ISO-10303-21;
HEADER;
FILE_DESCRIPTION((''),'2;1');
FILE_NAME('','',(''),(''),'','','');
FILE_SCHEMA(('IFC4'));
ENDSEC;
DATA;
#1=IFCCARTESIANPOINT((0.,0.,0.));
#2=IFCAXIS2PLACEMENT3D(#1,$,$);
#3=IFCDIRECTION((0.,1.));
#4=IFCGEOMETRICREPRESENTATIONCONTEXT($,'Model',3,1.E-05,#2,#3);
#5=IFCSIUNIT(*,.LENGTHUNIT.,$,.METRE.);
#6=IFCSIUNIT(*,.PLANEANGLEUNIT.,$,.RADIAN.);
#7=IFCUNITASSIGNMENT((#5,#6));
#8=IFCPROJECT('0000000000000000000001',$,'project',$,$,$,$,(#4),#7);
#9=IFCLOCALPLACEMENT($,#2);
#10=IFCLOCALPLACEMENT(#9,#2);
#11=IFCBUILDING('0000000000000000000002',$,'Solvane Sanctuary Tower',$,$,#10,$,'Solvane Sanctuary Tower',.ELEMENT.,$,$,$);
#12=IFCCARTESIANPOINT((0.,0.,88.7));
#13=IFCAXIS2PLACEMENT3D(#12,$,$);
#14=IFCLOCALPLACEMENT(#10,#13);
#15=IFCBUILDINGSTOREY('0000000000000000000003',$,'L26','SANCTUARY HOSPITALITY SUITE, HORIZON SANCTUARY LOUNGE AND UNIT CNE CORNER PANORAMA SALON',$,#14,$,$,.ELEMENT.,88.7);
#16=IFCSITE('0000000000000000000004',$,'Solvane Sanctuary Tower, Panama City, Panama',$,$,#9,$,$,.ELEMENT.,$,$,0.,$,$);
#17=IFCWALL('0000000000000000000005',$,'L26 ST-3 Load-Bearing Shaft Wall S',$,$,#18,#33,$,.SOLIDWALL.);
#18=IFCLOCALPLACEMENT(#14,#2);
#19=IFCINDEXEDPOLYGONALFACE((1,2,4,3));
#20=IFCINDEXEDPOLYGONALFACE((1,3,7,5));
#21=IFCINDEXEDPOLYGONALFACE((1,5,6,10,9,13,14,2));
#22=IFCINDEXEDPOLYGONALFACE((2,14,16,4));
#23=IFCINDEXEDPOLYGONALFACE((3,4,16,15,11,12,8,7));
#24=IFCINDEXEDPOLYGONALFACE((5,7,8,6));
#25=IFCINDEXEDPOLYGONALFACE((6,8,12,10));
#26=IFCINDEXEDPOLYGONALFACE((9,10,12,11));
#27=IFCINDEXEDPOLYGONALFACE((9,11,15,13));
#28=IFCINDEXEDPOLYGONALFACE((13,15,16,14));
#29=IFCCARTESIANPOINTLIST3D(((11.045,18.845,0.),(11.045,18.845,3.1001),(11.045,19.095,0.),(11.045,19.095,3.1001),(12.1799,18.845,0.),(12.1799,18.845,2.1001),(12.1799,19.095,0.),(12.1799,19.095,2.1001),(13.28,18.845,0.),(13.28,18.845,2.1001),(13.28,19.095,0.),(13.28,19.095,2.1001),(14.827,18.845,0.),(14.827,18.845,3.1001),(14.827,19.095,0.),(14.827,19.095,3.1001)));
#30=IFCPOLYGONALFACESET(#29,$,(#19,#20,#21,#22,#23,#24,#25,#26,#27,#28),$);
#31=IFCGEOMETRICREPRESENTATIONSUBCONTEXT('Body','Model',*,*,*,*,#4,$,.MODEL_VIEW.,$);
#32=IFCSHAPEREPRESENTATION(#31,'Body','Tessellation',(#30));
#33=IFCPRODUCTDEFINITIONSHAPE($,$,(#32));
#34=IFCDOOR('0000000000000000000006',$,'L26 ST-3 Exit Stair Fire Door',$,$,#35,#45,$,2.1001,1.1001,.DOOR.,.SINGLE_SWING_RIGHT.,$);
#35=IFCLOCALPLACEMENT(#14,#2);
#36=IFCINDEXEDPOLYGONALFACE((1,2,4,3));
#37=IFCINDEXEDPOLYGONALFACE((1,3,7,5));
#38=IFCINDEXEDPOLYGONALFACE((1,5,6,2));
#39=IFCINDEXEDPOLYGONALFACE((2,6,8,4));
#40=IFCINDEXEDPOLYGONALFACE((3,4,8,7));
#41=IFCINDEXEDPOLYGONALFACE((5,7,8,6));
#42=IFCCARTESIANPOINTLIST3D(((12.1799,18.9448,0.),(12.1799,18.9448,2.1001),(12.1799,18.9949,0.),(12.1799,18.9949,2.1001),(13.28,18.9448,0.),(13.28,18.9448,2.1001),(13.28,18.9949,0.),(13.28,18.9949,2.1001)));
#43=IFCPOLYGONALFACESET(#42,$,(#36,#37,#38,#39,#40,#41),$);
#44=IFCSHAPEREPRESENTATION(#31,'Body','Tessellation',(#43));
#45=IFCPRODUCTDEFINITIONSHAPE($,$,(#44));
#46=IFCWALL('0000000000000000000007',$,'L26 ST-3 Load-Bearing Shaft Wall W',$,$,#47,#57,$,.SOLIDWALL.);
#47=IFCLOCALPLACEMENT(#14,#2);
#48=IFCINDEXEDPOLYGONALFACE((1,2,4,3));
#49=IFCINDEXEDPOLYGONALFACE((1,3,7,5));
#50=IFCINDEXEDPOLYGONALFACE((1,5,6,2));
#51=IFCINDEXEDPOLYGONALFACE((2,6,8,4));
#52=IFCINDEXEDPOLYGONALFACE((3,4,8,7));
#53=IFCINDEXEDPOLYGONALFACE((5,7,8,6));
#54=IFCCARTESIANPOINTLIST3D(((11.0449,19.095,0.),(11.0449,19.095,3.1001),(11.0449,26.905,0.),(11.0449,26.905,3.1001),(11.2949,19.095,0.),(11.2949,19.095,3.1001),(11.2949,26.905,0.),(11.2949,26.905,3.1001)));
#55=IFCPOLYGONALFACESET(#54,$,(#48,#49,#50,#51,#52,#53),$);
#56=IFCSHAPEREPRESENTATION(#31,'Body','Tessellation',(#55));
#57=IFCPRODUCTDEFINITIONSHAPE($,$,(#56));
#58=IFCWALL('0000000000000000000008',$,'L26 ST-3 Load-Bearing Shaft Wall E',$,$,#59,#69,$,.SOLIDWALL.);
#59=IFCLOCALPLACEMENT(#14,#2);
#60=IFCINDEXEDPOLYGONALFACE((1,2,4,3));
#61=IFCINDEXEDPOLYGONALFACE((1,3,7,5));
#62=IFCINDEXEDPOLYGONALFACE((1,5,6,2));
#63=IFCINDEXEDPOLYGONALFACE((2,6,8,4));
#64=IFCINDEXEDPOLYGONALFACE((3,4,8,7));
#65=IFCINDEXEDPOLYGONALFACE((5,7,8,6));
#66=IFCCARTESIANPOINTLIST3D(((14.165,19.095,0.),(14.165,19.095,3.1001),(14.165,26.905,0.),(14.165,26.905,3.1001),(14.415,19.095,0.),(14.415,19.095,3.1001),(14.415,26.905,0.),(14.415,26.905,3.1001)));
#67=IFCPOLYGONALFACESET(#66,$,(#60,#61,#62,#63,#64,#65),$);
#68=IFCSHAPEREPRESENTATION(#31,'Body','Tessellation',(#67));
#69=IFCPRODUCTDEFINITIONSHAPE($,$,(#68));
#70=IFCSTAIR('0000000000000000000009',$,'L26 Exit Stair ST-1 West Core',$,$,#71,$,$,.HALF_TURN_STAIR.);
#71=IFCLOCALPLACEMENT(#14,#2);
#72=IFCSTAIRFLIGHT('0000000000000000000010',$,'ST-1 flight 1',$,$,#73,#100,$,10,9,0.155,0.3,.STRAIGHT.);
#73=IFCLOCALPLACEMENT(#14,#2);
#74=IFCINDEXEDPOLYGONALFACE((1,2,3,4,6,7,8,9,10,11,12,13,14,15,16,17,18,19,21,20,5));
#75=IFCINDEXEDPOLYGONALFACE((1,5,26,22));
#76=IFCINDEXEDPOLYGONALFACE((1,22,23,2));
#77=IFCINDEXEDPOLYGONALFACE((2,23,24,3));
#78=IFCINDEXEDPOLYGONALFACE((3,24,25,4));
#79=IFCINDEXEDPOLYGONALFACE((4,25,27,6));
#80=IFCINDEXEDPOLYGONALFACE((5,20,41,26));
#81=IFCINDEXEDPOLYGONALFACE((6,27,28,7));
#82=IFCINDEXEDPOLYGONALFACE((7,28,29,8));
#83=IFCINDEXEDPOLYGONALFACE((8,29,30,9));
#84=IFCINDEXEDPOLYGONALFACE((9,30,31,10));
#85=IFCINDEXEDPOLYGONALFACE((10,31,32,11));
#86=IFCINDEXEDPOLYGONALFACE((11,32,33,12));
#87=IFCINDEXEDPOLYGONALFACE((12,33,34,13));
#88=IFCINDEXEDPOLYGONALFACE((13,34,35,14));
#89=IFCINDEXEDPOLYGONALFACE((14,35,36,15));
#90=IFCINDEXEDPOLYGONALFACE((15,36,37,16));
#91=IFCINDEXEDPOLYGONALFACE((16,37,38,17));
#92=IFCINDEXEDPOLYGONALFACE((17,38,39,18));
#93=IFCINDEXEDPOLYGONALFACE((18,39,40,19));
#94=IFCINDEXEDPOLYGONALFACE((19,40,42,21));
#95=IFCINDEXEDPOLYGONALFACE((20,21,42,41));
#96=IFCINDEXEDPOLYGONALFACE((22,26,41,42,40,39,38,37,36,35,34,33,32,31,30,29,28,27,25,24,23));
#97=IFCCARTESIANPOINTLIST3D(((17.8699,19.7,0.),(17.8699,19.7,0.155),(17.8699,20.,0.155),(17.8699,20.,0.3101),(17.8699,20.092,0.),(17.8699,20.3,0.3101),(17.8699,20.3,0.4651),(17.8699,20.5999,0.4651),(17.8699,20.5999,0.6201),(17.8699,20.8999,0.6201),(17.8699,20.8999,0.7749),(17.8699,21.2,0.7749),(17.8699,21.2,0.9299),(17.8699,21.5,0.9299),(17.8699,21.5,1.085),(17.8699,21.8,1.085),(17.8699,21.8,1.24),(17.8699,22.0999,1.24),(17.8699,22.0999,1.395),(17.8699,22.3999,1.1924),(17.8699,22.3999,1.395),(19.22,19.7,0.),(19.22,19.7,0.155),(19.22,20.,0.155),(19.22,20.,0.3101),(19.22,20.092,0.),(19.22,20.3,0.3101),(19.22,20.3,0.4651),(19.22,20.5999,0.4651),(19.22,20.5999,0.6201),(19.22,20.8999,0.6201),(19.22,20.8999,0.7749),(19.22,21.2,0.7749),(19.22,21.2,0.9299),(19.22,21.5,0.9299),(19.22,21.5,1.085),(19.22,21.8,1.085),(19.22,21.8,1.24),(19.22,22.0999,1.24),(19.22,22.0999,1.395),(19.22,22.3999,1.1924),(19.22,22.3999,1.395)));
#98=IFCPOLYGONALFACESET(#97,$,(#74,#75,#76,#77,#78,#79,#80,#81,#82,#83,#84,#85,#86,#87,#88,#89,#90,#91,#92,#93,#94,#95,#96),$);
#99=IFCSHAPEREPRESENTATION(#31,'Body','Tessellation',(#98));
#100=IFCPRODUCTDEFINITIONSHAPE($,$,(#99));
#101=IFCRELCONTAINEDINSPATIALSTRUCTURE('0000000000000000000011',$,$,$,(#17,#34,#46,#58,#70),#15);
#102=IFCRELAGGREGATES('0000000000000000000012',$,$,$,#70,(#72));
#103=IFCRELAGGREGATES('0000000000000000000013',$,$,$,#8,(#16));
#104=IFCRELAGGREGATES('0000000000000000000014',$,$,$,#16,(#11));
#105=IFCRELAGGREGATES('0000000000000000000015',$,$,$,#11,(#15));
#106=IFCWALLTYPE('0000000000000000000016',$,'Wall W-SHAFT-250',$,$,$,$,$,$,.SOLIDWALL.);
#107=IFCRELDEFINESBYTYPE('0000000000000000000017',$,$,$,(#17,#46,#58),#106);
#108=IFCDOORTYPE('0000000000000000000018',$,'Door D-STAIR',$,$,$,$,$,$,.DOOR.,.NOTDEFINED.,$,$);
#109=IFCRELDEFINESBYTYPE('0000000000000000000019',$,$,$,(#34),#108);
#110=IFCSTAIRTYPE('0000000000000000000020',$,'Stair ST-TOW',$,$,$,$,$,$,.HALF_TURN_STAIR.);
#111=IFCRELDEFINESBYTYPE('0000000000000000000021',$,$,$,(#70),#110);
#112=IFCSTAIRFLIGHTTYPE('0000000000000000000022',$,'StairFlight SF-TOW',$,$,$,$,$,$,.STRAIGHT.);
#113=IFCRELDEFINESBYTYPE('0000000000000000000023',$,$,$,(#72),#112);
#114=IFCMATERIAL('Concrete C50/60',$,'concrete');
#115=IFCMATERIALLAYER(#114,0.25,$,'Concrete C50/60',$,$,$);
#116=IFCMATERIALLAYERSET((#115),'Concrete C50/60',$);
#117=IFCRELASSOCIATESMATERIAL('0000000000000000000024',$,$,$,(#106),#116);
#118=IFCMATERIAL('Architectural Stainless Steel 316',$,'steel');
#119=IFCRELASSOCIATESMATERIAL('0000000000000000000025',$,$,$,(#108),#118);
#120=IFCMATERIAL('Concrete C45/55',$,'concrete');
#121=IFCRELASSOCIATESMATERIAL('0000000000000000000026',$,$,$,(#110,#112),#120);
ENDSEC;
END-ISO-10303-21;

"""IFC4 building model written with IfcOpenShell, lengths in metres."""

from ifc_helpers import new_model, si_unit, direction, frame, frame_2d, origin, place, context, subcontext, project, spatial, polyline, rectangle, outline, extrude, material, layer, layer_set, type_object, element, fill, aggregate, save


model = new_model("IFC4")

# Units and contexts
model_context = context("Model", 3, precision=1e-05, world=origin(), true_north=direction((0.0, 1.0)))
body_context = subcontext(model_context, "Body", "Model", "MODEL_VIEW")
ifc_project = project(units=[si_unit("LENGTHUNIT", "METRE"), si_unit("PLANEANGLEUNIT", "RADIAN")], contexts=[model_context])

# Site, building, storey
site_placement = place(None, origin())
site = spatial("IfcSite", under=ifc_project, at=site_placement, Name="Solvane Sanctuary Tower, Panama City, Panama", CompositionType="ELEMENT", RefElevation=0.0)
building_placement = place(site_placement, origin())
building = spatial("IfcBuilding", under=site, at=building_placement, Name="Solvane Sanctuary Tower", LongName="Solvane Sanctuary Tower", CompositionType="ELEMENT")
storey_placement = place(building_placement, frame((0.0, 0.0, 88.7)))
storey = spatial("IfcBuildingStorey", under=building, at=storey_placement, Name="L26", Description="SANCTUARY HOSPITALITY SUITE, HORIZON SANCTUARY LOUNGE AND UNIT CNE CORNER PANORAMA SALON", CompositionType="ELEMENT", Elevation=88.7)

# Shared definitions
ifc_material_1 = material(Name="Concrete C50/60", Category="concrete")
ifc_layer_1 = layer(ifc_material_1, 0.25, Name="Concrete C50/60")
ifc_layer_set_1 = layer_set([ifc_layer_1], Name="Concrete C50/60")
wall_type_1 = type_object("IfcWallType", Name="Wall W-SHAFT-250", PredefinedType="SOLIDWALL", material=ifc_layer_set_1)
ifc_material_2 = material(Name="Architectural Stainless Steel 316", Category="steel")
door_type_1 = type_object("IfcDoorType", Name="Door D-STAIR", OperationType="NOTDEFINED", PredefinedType="DOOR", material=ifc_material_2)

# Wall, opening, door
wall_1_placement = place(storey_placement, frame((11.0449, 18.97, 0.0), z_axis=(0.0, 0.0, 1.0), x_axis=(1.0, 0.0, 0.0)))
wall_1 = element("IfcWall", 1, at=wall_1_placement, inside=storey, type_object=wall_type_1, Name="L26 ST-3 Load-Bearing Shaft Wall S", PredefinedType="SOLIDWALL", context=body_context, shape_type="SweptSolid", body=[
    extrude(rectangle(XDim=3.782, YDim=0.25, at=frame_2d((1.8911, 0.0))), origin(), (0.0, 0.0, 1.0), 3.1001),
])
opening_1_placement = place(wall_1_placement, frame((1.135, 0.0, 0.0)))
opening_1 = element("IfcOpeningElement", 2, at=opening_1_placement, cuts=wall_1, PredefinedType="OPENING", context=body_context, shape_type="SweptSolid", body=[
    extrude(rectangle(XDim=1.1001, YDim=2.1001, at=frame_2d((0.55, 1.05))), frame((0.0, 0.135, 0.0), z_axis=(0.0, -1.0, 0.0), x_axis=(1.0, 0.0, 0.0)), (0.0, 0.0, 1.0), 0.27),
])
door_1_placement = place(opening_1_placement, origin())
door_1 = element("IfcDoor", 3, at=door_1_placement, inside=storey, type_object=door_type_1, Name="L26 ST-3 Exit Stair Fire Door", OperationType="SINGLE_SWING_RIGHT", OverallHeight=2.1001, OverallWidth=1.1001, PredefinedType="DOOR", context=body_context, shape_type="SweptSolid", body=[
    extrude(rectangle(XDim=1.1001, YDim=2.1001, at=frame_2d((0.55, 1.05))), frame((0.0, 0.0249, 0.0), z_axis=(0.0, -1.0, 0.0), x_axis=(1.0, 0.0, 0.0)), (0.0, 0.0, 1.0), 0.05),
])
fill(opening_1, door_1)

# Walls
for number, where, z_axis, x_axis, name in (
    (4, (11.1699, 19.095, 0.0), (0.0, 0.0, 1.0), (0.0, 1.0, 0.0), "L26 ST-3 Load-Bearing Shaft Wall W"),
    (5, (14.29, 19.095, 0.0), (0.0, 0.0, 1.0), (0.0, 1.0, 0.0), "L26 ST-3 Load-Bearing Shaft Wall E"),
):
    element("IfcWall", number, at=place(storey_placement, frame(where, z_axis=z_axis, x_axis=x_axis)), inside=storey, type_object=wall_type_1, Name=name, PredefinedType="SOLIDWALL", context=body_context, shape_type="SweptSolid", body=[
        extrude(rectangle(XDim=7.8101, YDim=0.25, at=frame_2d((3.905, 0.0))), origin(), (0.0, 0.0, 1.0), 3.1001),
    ])

# Stair, stair flight
ifc_material_3 = material(Name="Concrete C45/55", Category="concrete")
stair_type = type_object("IfcStairType", Name="Stair ST-TOW", PredefinedType="HALF_TURN_STAIR", material=ifc_material_3)
stair_placement = place(storey_placement, origin())
stair = element("IfcStair", 6, at=stair_placement, inside=storey, type_object=stair_type, Name="L26 Exit Stair ST-1 West Core", PredefinedType="HALF_TURN_STAIR")
stair_flight_type = type_object("IfcStairFlightType", Name="StairFlight SF-TOW", PredefinedType="STRAIGHT", material=ifc_material_3)
stair_flight_placement = place(storey_placement, frame((18.5449, 19.7, 0.0), z_axis=(0.0, 0.0, 1.0), x_axis=(0.0, 1.0, 0.0)))
stair_flight = element("IfcStairFlight", 7, at=stair_flight_placement, type_object=stair_flight_type, Name="ST-1 flight 1", NumberOfRisers=10, NumberOfTreads=9, PredefinedType="STRAIGHT", RiserHeight=0.155, TreadLength=0.3, context=body_context, shape_type="SweptSolid", body=[
    extrude(outline(polyline([(0.0, 0.0), (0.0, 0.155), (0.3, 0.155), (0.3, 0.3101), (0.6001, 0.3101), (0.6001, 0.4651), (0.8999, 0.4651), (0.8999, 0.6201), (1.2, 0.6201), (1.2, 0.7749), (1.5, 0.7749), (1.5, 0.9299), (1.8, 0.9299), (1.8, 1.085), (2.1001, 1.085), (2.1001, 1.24), (2.3999, 1.24), (2.3999, 1.395), (2.7, 1.395), (2.7, 1.55), (2.7, 1.1924), (0.3921, 0.0), (0.0, 0.0)])), frame((0.0, 0.675, 0.0), z_axis=(0.0, -1.0, 0.0), x_axis=(1.0, 0.0, 0.0)), (0.0, 0.0, 1.0), 1.3501),
])
aggregate(stair, [stair_flight])

save(model, "model.ifc")
